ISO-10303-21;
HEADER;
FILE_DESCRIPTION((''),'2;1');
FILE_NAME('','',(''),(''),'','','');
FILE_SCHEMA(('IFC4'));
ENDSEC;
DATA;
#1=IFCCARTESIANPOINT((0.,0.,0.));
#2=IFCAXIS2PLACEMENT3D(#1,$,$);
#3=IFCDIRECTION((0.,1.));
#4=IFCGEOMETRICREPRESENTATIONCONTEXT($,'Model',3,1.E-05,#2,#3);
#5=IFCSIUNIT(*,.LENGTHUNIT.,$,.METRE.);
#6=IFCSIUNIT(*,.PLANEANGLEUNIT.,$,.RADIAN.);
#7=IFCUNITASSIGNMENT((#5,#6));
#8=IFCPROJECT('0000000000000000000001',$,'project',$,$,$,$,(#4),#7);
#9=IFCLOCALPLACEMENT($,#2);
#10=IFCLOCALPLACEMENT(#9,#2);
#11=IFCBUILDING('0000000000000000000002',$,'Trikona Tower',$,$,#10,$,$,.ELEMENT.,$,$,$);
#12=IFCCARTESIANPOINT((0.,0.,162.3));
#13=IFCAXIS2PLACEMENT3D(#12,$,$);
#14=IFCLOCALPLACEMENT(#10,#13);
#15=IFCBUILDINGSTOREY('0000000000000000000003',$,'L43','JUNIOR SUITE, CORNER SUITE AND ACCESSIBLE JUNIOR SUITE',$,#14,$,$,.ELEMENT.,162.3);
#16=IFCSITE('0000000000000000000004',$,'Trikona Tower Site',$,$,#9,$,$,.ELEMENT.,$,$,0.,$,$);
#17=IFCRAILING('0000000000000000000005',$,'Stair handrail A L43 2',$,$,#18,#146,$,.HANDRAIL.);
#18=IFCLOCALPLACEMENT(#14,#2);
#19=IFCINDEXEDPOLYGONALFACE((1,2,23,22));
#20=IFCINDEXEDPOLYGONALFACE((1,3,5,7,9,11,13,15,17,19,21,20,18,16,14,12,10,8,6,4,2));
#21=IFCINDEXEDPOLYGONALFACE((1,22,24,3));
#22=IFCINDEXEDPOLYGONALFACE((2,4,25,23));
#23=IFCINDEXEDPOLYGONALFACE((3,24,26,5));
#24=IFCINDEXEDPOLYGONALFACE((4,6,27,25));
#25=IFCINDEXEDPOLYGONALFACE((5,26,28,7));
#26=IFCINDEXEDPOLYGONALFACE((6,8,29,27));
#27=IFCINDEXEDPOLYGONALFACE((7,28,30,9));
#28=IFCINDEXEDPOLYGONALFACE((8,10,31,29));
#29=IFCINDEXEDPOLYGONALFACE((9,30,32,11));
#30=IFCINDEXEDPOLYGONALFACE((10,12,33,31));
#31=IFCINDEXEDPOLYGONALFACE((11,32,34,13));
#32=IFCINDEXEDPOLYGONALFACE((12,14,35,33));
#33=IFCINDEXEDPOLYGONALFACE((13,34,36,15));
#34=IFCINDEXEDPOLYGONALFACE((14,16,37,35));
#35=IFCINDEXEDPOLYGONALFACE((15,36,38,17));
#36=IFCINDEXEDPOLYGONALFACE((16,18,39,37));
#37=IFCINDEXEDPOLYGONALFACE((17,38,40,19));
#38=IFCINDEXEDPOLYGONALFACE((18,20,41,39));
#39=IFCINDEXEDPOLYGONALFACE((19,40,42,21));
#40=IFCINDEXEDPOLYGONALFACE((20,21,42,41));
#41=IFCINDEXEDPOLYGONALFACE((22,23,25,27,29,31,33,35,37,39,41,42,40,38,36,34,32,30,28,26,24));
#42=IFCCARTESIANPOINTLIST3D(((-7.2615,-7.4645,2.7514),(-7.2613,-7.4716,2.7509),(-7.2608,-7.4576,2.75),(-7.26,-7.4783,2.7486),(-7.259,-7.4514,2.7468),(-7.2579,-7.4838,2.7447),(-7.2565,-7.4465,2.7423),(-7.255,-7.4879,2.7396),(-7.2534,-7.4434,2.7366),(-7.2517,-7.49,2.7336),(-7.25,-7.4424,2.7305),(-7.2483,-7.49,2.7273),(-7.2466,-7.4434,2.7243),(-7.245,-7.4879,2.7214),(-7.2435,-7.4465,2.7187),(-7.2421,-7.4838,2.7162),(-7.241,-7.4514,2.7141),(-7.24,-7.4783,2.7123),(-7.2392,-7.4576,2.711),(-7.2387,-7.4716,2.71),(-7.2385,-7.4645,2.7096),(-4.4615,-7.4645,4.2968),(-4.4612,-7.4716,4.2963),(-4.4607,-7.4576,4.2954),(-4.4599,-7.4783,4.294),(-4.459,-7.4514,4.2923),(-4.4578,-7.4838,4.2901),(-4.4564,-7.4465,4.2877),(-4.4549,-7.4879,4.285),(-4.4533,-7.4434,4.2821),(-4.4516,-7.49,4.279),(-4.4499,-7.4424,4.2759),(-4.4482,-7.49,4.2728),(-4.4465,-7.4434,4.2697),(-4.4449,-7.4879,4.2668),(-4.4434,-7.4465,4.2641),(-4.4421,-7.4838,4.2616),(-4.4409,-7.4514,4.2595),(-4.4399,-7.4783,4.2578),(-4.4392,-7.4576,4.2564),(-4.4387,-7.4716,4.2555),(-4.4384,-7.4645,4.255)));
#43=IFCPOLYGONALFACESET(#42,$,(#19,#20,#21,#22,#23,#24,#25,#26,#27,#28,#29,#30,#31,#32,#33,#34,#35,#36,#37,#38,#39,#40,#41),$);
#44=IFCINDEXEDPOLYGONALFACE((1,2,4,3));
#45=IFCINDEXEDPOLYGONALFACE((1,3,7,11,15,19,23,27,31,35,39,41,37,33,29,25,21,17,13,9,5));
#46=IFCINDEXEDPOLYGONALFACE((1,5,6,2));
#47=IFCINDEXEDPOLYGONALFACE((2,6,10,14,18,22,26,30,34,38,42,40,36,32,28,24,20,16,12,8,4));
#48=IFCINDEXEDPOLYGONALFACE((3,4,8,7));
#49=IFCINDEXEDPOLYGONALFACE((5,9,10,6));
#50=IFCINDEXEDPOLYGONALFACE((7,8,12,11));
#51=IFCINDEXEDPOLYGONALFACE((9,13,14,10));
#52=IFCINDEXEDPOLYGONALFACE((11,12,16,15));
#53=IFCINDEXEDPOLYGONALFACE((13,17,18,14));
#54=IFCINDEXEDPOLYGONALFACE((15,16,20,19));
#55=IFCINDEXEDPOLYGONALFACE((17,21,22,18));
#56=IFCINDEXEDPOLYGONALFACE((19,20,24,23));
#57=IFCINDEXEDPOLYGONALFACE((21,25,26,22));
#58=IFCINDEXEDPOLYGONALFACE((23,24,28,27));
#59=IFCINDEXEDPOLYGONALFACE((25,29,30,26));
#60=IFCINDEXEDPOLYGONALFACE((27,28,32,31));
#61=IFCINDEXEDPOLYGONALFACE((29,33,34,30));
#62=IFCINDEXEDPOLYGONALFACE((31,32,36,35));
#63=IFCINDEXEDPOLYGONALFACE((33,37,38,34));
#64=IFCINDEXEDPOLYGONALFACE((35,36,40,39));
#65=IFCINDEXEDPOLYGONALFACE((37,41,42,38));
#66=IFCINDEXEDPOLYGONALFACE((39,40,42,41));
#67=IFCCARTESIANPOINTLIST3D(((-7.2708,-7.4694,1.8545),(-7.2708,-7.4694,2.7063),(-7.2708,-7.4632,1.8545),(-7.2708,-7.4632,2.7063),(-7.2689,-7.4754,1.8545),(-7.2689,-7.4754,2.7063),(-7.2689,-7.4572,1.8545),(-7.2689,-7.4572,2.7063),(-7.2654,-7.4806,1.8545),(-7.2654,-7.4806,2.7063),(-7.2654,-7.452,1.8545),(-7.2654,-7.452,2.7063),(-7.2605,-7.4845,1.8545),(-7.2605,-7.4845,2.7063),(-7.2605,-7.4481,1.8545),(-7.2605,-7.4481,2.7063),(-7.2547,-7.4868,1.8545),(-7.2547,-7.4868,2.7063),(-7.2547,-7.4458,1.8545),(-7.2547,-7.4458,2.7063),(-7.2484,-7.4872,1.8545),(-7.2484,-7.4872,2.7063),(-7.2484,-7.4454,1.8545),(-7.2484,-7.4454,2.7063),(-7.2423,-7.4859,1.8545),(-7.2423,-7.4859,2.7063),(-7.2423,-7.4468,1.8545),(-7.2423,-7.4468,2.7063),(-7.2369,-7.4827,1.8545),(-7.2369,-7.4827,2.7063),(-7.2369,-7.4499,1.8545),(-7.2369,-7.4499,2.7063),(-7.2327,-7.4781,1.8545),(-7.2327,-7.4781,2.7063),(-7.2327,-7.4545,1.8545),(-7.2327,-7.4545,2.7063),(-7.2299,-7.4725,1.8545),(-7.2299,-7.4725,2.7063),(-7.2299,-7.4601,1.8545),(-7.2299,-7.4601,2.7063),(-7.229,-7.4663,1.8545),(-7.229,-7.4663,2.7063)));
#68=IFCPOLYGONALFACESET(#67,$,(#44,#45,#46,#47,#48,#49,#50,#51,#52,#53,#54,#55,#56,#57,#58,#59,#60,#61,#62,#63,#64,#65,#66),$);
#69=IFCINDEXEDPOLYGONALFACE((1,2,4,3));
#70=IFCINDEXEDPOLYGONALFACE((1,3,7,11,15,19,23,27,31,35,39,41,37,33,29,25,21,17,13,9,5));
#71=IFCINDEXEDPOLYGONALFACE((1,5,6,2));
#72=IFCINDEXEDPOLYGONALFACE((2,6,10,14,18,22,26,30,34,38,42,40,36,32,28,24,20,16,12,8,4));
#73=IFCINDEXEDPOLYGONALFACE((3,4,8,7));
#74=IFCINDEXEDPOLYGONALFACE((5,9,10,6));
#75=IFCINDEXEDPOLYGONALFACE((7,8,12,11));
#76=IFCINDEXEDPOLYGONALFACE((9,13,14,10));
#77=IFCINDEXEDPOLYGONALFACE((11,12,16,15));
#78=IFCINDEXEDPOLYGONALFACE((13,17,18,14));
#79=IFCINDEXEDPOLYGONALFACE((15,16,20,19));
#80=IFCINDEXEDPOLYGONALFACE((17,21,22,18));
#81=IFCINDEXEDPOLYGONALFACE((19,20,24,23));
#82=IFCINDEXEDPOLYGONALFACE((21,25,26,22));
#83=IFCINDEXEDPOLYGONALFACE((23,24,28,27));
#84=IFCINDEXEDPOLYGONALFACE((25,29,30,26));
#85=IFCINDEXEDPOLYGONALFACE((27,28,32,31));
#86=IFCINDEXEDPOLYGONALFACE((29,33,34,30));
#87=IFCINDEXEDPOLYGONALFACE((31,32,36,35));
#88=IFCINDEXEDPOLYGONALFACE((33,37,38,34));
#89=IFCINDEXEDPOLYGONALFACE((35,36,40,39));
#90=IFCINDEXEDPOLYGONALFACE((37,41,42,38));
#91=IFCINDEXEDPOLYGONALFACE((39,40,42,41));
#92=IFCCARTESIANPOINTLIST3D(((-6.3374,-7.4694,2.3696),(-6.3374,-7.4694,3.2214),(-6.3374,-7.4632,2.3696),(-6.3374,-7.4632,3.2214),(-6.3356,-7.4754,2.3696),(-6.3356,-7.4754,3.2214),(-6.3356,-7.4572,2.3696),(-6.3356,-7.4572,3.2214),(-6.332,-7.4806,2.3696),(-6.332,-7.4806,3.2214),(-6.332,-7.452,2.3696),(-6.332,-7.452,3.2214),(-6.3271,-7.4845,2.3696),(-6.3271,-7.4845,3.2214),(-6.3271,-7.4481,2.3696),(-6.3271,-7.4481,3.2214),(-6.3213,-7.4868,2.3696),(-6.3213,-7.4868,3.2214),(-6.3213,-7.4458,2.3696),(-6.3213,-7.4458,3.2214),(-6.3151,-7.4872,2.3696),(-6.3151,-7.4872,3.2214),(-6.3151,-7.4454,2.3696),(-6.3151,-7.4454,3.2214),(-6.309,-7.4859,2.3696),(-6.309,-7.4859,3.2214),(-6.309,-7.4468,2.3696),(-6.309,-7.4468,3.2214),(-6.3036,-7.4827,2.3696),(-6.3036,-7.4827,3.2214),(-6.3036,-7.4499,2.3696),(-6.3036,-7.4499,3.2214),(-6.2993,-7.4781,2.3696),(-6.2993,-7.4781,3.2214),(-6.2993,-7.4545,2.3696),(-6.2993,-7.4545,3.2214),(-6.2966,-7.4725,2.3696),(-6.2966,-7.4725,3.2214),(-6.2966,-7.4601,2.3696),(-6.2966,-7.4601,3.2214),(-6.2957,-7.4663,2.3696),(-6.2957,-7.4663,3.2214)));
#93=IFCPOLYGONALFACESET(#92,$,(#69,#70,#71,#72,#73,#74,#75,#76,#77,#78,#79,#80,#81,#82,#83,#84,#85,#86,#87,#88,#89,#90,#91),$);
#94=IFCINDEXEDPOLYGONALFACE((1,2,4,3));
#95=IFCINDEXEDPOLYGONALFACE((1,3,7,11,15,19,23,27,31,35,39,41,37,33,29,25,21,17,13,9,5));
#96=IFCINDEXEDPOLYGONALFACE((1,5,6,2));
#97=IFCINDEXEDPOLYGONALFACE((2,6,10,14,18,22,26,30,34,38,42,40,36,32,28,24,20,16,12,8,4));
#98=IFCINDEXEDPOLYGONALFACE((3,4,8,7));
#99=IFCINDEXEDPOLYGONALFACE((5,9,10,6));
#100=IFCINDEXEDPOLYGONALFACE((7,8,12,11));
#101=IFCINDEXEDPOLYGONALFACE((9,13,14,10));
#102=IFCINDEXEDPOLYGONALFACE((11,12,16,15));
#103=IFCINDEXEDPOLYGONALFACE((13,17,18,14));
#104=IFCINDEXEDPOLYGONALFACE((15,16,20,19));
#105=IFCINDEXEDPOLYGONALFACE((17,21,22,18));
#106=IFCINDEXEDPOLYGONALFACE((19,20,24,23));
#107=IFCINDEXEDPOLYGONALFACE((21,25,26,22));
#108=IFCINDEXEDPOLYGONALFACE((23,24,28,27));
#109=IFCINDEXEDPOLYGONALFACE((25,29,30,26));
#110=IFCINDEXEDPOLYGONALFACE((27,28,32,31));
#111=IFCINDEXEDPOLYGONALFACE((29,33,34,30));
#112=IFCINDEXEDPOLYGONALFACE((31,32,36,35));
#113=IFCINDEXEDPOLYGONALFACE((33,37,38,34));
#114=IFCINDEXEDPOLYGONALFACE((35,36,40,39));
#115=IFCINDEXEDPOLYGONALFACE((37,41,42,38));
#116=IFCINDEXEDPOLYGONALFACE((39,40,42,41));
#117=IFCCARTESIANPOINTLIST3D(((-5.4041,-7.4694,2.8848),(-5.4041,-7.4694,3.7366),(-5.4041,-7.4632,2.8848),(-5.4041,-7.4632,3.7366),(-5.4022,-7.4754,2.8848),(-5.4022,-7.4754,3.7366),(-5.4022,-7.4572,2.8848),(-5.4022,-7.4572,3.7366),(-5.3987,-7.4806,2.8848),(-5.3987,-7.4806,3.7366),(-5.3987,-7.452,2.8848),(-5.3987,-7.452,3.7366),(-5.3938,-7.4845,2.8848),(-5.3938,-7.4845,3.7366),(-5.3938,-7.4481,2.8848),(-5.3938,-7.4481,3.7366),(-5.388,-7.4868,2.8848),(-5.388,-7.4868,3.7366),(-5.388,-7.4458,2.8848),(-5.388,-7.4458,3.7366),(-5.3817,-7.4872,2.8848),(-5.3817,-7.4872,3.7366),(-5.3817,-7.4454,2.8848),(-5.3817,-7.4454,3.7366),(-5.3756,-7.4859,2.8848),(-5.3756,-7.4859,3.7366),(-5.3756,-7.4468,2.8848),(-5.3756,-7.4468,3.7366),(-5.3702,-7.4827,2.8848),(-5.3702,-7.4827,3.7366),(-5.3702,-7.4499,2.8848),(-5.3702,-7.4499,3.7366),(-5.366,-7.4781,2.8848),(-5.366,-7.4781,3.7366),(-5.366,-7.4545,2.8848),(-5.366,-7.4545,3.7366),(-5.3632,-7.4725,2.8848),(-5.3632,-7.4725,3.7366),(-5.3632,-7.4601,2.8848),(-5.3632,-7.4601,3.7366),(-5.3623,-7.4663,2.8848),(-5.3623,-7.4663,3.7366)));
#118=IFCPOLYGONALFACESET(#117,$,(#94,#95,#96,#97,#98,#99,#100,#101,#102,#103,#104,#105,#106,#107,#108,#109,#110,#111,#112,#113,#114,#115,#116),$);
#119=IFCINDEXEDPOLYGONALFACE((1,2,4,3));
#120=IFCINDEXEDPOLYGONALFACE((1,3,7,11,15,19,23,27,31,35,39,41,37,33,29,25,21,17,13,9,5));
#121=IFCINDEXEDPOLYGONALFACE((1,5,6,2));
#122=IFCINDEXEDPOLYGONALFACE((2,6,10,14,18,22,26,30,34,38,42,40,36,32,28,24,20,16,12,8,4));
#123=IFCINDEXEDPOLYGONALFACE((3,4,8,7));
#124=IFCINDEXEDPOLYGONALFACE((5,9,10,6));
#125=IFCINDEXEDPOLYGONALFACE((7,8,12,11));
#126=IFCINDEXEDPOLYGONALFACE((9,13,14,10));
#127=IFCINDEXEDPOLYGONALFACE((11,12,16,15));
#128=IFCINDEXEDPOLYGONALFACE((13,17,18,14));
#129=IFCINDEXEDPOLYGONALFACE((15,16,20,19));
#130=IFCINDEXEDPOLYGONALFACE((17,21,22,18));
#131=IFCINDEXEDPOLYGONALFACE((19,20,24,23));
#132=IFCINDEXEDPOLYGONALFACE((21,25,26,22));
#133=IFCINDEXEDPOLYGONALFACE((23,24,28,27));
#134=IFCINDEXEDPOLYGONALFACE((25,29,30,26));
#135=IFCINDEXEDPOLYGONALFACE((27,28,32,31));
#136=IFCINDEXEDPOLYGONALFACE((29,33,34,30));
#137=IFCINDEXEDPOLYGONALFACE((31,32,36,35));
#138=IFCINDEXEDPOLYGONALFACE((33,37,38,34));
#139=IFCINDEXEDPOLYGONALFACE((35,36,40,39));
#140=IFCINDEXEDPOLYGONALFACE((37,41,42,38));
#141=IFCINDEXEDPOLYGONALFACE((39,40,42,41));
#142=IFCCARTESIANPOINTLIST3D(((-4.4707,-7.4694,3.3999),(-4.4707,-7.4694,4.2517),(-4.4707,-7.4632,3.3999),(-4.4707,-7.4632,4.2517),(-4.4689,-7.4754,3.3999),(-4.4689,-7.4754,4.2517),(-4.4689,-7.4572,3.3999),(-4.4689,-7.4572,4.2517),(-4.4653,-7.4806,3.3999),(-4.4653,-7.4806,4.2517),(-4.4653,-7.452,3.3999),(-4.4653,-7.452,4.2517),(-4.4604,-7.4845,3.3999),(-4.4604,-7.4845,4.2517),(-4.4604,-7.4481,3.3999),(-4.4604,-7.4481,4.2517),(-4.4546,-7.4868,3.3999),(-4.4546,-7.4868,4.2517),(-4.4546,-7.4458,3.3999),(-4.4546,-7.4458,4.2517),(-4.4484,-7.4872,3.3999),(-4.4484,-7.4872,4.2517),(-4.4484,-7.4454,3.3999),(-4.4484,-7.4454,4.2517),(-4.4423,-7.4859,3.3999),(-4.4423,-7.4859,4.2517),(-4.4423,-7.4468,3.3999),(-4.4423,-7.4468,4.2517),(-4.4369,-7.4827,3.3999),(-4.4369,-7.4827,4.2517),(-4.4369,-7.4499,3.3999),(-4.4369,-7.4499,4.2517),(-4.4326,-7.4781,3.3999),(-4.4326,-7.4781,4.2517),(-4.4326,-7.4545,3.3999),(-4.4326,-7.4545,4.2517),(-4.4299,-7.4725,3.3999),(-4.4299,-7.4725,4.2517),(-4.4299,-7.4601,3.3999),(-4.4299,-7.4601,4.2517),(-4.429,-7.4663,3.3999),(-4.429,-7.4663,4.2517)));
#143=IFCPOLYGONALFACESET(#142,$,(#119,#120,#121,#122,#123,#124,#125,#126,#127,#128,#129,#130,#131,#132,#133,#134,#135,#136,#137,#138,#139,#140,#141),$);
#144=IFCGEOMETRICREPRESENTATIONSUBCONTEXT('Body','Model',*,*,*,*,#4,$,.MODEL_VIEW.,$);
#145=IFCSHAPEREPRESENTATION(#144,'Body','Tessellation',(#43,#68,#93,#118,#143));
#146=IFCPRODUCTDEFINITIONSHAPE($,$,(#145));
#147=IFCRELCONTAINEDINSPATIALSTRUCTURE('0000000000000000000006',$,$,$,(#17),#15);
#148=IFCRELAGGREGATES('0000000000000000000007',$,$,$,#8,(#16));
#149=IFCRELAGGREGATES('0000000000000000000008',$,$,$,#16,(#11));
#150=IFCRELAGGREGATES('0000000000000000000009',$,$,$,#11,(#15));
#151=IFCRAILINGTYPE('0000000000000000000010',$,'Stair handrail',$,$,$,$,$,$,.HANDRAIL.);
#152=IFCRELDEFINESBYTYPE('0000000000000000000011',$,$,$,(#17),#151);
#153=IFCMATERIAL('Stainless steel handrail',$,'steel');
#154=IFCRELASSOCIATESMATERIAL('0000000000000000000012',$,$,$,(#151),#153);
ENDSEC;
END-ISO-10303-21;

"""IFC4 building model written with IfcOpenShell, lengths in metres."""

from ifc_helpers import new_model, si_unit, direction, frame, origin, origin_2d, place, context, subcontext, project, spatial, circle, extrude, material, type_object, element, save


model = new_model("IFC4")

# Units and contexts
model_context = context("Model", 3, precision=1e-05, world=origin(), true_north=direction((0.0, 1.0)))
body_context = subcontext(model_context, "Body", "Model", "MODEL_VIEW")
ifc_project = project(units=[si_unit("LENGTHUNIT", "METRE"), si_unit("PLANEANGLEUNIT", "RADIAN")], contexts=[model_context])

# Site, building, storey
site_placement = place(None, origin())
site = spatial("IfcSite", under=ifc_project, at=site_placement, Name="Trikona Tower Site", CompositionType="ELEMENT", RefElevation=0.0)
building_placement = place(site_placement, origin())
building = spatial("IfcBuilding", under=site, at=building_placement, Name="Trikona Tower", CompositionType="ELEMENT")
storey_placement = place(building_placement, frame((0.0, 0.0, 162.3)))
storey = spatial("IfcBuildingStorey", under=building, at=storey_placement, Name="L43", Description="JUNIOR SUITE, CORNER SUITE AND ACCESSIBLE JUNIOR SUITE", CompositionType="ELEMENT", Elevation=162.3)

# Railing
ifc_material_1 = material(Name="Stainless steel handrail", Category="steel")
railing_type = type_object("IfcRailingType", Name="Stair handrail", PredefinedType="HANDRAIL", material=ifc_material_1)
railing_1_placement = place(storey_placement, frame((-7.25, -7.4663, 1.8545)))
element("IfcRailing", 1, at=railing_1_placement, inside=storey, type_object=railing_type, Name="Stair handrail A L43 2", PredefinedType="HANDRAIL", context=body_context, shape_type="SweptSolid", body=[
    extrude(circle(Radius=0.0239, at=origin_2d()), frame((0.0, 0.0, 0.876), z_axis=(0.875504, 0.0, 0.483211), x_axis=(0.0, 1.0, 0.0)), (0.0, 0.0, 1.0), 3.1982),
    extrude(circle(Radius=0.021, at=origin_2d()), origin(), (0.0, 0.0, 1.0), 0.8518),
    extrude(circle(Radius=0.021, at=origin_2d()), frame((0.9333, 0.0, 0.5151)), (0.0, 0.0, 1.0), 0.8518),
    extrude(circle(Radius=0.021, at=origin_2d()), frame((1.8667, 0.0, 1.0303)), (0.0, 0.0, 1.0), 0.8518),
    extrude(circle(Radius=0.021, at=origin_2d()), frame((2.8, 0.0, 1.5454)), (0.0, 0.0, 1.0), 0.8518),
])

save(model, "model.ifc")
